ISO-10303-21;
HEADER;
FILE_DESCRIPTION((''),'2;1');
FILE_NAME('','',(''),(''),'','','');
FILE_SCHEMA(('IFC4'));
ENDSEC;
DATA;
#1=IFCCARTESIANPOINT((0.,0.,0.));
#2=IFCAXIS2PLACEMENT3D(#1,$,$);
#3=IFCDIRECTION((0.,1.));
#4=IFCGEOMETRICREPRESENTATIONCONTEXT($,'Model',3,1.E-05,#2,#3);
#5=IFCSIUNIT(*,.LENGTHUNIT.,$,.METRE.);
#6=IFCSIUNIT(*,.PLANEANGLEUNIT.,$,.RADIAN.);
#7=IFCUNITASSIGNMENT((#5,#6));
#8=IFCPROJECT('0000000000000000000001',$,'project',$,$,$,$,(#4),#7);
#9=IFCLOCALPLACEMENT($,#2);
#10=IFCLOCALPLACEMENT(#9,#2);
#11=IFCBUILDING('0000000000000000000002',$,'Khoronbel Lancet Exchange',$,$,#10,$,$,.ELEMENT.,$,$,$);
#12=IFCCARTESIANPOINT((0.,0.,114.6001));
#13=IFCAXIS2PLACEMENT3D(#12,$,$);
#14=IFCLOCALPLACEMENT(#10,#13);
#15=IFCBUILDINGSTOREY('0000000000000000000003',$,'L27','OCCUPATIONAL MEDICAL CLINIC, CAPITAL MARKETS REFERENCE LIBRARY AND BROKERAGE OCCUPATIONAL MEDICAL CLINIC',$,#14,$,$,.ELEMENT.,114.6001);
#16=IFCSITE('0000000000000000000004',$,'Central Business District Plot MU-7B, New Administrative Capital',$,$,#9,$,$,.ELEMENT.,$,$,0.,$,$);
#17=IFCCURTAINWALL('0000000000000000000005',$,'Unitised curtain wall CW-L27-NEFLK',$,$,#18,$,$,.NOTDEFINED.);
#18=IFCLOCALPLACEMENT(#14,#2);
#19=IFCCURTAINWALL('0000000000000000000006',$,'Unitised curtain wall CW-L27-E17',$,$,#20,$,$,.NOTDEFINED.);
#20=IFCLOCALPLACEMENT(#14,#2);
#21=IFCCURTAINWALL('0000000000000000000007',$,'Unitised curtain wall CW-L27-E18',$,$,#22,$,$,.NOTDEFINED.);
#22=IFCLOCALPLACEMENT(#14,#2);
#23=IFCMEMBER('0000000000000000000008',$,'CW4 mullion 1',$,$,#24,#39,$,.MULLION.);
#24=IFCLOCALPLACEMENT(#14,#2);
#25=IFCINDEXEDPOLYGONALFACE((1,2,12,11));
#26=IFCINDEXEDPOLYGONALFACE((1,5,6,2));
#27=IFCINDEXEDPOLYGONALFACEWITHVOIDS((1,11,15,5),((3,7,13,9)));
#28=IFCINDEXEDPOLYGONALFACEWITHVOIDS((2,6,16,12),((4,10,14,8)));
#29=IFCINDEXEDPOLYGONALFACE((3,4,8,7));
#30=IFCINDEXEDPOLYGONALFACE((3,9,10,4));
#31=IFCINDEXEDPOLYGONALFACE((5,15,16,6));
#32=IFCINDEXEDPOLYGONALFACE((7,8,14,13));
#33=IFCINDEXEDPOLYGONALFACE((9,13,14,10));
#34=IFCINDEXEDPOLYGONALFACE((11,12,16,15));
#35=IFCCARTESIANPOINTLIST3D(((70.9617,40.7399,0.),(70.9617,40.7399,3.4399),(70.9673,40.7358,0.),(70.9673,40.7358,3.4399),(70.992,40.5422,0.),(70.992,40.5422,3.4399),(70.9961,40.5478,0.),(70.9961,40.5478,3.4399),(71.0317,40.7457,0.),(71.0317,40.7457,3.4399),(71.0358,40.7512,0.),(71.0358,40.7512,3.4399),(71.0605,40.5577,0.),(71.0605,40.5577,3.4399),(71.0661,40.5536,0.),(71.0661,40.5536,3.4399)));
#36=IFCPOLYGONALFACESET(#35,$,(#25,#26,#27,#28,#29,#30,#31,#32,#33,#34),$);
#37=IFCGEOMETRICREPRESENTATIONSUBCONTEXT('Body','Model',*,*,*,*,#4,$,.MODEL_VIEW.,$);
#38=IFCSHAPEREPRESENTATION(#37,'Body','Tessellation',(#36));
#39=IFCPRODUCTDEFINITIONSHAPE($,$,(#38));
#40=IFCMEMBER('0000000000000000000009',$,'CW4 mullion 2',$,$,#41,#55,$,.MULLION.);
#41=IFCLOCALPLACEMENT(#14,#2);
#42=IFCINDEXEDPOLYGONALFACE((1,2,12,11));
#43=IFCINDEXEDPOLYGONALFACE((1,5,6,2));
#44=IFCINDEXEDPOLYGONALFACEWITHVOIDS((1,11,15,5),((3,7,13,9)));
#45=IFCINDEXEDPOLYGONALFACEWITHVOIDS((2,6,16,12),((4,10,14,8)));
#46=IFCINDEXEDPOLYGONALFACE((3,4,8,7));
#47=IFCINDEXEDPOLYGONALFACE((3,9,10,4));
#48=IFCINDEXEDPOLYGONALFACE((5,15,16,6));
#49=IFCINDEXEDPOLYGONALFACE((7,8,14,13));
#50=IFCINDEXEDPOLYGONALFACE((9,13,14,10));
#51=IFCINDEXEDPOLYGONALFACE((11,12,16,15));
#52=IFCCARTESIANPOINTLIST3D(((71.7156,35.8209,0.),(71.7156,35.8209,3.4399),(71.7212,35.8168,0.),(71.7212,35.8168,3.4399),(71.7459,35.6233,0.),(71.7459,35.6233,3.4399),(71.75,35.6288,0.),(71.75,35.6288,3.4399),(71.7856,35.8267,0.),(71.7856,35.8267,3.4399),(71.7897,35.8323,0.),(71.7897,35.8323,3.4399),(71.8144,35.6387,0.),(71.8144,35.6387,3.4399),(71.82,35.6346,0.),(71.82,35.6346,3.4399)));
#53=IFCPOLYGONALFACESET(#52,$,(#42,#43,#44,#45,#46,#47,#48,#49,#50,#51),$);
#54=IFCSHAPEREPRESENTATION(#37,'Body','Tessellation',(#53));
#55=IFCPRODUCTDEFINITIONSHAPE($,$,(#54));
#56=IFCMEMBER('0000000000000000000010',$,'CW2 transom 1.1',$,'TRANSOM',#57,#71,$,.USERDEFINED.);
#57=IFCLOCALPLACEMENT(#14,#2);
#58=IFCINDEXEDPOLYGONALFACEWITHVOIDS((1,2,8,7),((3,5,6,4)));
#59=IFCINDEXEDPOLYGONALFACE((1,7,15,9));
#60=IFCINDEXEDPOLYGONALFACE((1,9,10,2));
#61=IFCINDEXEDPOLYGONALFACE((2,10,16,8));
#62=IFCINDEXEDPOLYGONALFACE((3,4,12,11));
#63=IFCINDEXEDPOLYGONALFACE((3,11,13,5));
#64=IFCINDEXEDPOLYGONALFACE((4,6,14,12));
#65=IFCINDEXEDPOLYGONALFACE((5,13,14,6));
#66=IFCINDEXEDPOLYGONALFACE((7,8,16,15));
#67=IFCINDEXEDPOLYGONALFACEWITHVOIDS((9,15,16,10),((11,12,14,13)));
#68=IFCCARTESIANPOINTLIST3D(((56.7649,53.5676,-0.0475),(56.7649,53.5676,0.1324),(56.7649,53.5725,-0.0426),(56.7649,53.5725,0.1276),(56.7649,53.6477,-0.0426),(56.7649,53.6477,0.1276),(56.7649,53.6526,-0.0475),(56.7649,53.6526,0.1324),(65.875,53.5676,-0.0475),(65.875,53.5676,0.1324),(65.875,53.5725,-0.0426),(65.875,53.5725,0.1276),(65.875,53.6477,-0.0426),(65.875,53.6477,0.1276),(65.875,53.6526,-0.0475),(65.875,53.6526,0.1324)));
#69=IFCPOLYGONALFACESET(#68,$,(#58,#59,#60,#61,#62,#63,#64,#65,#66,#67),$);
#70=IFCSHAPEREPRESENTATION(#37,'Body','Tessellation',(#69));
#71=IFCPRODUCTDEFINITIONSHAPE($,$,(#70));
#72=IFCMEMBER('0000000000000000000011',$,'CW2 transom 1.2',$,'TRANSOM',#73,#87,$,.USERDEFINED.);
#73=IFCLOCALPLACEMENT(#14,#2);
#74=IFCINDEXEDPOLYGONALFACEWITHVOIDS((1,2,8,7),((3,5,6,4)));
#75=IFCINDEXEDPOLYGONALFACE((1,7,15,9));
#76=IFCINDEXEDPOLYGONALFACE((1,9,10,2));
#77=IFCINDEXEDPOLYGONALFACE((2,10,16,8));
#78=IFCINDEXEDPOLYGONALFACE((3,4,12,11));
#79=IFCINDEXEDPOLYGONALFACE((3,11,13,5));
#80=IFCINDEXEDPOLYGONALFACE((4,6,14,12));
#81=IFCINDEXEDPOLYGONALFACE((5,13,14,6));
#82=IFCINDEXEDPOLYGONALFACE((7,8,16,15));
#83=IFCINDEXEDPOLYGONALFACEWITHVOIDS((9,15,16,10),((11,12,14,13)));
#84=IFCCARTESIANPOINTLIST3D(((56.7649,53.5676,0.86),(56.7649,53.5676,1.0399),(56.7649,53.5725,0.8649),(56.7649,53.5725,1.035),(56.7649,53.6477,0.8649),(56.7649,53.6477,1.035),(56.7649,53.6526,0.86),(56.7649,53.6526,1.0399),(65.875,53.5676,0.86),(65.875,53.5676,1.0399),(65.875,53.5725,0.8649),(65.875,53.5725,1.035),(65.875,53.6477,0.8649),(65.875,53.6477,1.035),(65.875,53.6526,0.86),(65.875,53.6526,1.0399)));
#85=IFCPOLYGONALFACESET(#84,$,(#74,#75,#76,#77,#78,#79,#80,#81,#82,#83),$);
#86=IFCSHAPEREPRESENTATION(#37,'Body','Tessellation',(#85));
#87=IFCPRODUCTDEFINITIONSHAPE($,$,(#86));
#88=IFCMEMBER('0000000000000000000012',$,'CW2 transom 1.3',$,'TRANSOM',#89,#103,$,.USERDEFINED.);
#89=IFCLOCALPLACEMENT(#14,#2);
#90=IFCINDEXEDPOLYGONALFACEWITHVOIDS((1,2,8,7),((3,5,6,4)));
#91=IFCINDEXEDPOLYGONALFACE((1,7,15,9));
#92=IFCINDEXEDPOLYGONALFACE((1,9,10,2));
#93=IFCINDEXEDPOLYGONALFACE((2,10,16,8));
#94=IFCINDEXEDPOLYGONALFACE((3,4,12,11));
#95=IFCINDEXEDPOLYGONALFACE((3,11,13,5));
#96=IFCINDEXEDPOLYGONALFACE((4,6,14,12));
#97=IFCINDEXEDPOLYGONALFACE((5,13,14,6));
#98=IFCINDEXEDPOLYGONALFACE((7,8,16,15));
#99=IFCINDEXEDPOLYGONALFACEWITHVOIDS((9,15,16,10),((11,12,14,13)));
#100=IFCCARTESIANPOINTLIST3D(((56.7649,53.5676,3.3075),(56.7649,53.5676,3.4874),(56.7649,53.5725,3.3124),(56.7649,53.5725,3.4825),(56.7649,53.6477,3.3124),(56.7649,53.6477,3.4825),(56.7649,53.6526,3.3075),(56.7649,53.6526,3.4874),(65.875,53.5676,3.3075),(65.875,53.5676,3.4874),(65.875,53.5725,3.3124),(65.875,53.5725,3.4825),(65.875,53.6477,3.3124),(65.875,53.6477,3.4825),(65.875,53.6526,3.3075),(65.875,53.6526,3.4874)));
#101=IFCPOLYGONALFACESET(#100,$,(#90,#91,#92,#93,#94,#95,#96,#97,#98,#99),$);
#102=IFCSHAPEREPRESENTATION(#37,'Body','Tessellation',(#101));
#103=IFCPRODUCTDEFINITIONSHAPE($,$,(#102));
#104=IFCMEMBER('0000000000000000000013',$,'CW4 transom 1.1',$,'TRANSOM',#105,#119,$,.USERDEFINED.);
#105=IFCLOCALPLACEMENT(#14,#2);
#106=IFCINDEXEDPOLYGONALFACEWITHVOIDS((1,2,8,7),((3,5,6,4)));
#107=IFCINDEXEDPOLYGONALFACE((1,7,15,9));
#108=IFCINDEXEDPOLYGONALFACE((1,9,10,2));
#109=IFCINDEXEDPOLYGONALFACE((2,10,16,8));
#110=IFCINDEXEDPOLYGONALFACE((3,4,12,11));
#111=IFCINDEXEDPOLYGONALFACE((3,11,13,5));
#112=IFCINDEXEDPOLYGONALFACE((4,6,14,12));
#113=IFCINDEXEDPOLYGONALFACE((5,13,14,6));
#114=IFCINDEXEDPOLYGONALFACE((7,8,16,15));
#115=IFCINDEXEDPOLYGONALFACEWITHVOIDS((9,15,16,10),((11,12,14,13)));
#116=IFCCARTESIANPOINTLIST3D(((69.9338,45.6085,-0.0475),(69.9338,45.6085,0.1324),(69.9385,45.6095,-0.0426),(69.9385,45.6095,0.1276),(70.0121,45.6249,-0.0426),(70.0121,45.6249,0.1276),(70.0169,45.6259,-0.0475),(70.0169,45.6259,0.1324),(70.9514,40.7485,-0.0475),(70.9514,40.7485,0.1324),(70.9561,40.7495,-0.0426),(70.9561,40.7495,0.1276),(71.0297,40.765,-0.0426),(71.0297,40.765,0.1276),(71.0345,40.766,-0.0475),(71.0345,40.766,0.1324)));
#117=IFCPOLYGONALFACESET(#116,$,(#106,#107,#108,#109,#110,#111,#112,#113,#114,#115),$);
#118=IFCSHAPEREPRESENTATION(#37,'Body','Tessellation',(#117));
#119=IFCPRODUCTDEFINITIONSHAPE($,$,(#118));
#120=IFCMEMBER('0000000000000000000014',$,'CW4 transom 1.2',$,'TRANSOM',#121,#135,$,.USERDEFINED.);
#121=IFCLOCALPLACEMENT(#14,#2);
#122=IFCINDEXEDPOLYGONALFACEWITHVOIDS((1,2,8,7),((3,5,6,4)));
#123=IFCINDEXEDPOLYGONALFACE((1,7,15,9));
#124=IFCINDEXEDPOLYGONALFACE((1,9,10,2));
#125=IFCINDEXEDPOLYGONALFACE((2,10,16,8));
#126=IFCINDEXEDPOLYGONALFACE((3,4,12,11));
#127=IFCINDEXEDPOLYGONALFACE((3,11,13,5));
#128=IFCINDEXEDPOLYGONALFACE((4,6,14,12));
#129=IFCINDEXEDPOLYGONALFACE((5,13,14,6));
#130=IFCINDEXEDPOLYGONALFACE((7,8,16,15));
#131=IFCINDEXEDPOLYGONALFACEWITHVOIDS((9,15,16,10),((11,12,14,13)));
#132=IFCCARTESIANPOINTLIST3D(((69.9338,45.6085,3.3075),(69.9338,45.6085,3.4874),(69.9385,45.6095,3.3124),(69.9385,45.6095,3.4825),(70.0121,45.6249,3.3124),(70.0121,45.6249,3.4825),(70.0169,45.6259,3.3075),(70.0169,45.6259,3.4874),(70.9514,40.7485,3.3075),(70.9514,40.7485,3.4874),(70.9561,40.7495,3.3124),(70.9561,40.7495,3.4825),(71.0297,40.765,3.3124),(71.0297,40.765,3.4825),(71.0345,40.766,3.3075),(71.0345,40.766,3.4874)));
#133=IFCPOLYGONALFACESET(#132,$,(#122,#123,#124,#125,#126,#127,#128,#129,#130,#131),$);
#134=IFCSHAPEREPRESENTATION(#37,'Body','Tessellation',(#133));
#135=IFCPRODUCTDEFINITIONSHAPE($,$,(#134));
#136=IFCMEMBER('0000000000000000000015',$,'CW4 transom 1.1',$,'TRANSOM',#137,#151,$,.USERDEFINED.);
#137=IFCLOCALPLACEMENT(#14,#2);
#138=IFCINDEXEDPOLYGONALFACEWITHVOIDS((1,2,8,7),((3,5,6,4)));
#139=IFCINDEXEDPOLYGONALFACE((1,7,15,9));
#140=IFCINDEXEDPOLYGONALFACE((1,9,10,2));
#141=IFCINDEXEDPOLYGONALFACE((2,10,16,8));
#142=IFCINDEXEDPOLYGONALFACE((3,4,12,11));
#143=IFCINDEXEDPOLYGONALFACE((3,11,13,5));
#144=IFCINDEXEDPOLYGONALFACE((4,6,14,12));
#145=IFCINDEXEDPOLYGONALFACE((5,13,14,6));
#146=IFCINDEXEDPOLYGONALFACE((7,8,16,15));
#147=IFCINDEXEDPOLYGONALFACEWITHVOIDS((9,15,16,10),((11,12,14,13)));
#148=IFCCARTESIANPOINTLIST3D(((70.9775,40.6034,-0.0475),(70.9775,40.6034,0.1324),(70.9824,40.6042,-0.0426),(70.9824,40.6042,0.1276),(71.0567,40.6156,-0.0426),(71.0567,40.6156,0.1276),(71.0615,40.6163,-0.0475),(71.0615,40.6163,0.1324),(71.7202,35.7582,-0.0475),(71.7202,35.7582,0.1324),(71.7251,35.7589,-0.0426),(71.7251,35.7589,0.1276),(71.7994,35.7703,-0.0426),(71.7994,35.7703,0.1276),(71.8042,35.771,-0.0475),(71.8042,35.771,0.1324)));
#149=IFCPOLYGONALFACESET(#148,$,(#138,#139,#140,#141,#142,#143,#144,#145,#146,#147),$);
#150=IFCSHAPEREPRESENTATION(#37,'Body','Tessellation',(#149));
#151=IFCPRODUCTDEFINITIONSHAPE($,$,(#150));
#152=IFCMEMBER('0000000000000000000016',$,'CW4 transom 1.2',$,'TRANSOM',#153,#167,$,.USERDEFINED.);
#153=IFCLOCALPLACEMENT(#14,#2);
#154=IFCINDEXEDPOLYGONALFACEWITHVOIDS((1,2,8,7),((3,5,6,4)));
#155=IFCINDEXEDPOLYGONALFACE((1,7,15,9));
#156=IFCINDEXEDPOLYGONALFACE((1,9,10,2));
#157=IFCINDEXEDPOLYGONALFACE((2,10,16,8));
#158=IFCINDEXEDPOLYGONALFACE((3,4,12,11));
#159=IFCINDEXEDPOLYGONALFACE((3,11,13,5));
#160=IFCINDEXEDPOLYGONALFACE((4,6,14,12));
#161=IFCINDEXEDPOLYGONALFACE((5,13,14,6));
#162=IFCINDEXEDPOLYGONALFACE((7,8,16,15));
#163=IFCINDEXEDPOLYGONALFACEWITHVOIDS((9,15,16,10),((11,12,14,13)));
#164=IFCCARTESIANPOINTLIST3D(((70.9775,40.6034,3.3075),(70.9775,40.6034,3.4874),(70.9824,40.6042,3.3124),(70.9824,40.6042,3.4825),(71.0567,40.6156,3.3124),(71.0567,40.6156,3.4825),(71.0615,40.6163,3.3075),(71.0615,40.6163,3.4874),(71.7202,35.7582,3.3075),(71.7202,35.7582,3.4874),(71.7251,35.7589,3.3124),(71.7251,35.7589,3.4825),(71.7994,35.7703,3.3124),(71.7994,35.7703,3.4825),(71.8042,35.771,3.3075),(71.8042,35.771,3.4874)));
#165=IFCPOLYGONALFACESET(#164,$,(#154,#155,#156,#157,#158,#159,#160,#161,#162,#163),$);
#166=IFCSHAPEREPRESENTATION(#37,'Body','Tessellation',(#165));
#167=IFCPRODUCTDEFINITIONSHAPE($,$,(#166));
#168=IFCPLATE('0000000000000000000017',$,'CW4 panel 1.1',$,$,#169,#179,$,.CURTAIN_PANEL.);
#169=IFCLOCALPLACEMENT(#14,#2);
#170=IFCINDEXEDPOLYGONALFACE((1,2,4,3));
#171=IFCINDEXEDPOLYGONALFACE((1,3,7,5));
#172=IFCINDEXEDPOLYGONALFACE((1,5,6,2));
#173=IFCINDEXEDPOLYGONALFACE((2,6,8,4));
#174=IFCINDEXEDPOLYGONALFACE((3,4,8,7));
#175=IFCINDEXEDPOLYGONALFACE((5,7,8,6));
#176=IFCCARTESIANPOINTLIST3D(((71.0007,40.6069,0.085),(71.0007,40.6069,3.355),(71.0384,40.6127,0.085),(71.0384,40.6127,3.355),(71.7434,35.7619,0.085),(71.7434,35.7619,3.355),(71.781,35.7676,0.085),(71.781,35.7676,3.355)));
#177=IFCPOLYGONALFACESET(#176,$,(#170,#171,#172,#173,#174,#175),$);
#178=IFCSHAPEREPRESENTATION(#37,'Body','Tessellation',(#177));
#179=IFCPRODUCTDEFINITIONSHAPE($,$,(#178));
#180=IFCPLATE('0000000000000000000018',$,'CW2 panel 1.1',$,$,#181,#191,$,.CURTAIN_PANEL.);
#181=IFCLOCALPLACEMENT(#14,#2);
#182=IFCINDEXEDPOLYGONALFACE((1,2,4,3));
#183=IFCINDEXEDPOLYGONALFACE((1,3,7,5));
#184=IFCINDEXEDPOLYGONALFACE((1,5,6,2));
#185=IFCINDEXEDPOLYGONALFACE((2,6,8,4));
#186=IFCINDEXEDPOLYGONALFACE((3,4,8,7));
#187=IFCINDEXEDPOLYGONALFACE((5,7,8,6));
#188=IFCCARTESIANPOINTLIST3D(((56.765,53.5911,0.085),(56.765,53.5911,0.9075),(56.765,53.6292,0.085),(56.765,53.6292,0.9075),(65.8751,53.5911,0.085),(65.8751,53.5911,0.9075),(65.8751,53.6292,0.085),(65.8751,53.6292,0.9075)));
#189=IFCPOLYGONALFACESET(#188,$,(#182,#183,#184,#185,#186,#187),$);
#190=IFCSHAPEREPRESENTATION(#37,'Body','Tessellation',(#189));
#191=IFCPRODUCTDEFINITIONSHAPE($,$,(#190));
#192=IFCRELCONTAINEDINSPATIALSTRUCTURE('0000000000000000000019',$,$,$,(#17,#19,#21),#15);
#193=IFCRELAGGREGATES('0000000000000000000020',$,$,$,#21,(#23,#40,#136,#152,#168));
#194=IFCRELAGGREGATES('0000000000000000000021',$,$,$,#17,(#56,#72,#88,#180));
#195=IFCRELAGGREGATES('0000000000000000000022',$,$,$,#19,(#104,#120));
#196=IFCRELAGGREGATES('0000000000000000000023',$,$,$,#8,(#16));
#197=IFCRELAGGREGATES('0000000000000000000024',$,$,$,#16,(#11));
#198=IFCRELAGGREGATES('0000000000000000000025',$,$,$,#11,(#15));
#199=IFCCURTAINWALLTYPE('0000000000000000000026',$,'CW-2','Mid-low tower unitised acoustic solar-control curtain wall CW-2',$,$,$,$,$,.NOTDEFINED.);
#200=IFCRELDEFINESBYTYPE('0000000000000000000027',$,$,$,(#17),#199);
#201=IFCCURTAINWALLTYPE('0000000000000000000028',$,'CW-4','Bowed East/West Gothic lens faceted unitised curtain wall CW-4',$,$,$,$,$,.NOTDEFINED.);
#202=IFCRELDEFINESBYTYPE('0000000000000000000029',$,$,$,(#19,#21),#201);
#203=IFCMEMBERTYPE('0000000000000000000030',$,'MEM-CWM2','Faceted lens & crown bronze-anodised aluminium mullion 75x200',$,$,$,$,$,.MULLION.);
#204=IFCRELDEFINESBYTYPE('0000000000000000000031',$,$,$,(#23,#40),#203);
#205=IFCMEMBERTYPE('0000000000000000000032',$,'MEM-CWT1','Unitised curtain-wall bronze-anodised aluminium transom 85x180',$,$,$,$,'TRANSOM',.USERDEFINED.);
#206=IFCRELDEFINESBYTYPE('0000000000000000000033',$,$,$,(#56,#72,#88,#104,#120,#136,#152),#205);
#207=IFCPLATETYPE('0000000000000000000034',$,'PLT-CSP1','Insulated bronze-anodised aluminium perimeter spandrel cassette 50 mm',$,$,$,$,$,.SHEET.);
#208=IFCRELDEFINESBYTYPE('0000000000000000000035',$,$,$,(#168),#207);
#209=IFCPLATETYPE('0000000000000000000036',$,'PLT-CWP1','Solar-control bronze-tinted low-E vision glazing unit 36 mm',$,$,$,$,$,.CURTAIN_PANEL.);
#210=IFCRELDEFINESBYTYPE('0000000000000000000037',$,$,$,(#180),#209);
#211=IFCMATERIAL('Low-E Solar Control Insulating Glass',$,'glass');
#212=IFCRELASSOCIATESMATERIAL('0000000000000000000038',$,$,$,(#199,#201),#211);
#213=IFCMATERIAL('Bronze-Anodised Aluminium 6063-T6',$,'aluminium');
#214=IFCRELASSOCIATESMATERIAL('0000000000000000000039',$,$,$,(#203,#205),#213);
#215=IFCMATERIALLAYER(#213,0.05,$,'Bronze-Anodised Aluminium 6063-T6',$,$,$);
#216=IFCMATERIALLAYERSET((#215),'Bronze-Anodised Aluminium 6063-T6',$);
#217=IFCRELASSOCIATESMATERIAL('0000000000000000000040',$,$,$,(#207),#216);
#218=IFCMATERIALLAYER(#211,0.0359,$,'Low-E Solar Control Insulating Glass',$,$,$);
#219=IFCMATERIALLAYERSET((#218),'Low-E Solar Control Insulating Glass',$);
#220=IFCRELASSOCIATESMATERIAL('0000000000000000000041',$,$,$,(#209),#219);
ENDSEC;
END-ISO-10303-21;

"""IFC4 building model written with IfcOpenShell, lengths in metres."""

from ifc_helpers import new_model, si_unit, direction, frame, origin, origin_2d, place, context, subcontext, project, spatial, rectangle, hollow_rectangle, extrude, material, layer, layer_set, material_profile, profile_set, type_object, element, aggregate, save


model = new_model("IFC4")

# Units and contexts
model_context = context("Model", 3, precision=1e-05, world=origin(), true_north=direction((0.0, 1.0)))
body_context = subcontext(model_context, "Body", "Model", "MODEL_VIEW")
ifc_project = project(units=[si_unit("LENGTHUNIT", "METRE"), si_unit("PLANEANGLEUNIT", "RADIAN")], contexts=[model_context])

# Site, building, storey
site_placement = place(None, origin())
site = spatial("IfcSite", under=ifc_project, at=site_placement, Name="Central Business District Plot MU-7B, New Administrative Capital", CompositionType="ELEMENT", RefElevation=0.0)
building_placement = place(site_placement, origin())
building = spatial("IfcBuilding", under=site, at=building_placement, Name="Khoronbel Lancet Exchange", CompositionType="ELEMENT")
storey_placement = place(building_placement, frame((0.0, 0.0, 114.6001)))
storey = spatial("IfcBuildingStorey", under=building, at=storey_placement, Name="L27", Description="OCCUPATIONAL MEDICAL CLINIC, CAPITAL MARKETS REFERENCE LIBRARY AND BROKERAGE OCCUPATIONAL MEDICAL CLINIC", CompositionType="ELEMENT", Elevation=114.6001)

# Curtain wall
ifc_material_1 = material(Name="Low-E Solar Control Insulating Glass", Category="glass")
curtain_wall_type_1 = type_object("IfcCurtainWallType", Name="CW-2", Description="Mid-low tower unitised acoustic solar-control curtain wall CW-2", PredefinedType="NOTDEFINED", material=ifc_material_1)
curtain_wall_1_placement = place(storey_placement, origin())
curtain_wall_1 = element("IfcCurtainWall", 1, at=curtain_wall_1_placement, inside=storey, type_object=curtain_wall_type_1, Name="Unitised curtain wall CW-L27-NEFLK", PredefinedType="NOTDEFINED")
ifc_material_2 = material(Name="Bronze-Anodised Aluminium 6063-T6", Category="aluminium")

# Curtain walls, members
curtain_wall_type_2 = type_object("IfcCurtainWallType", Name="CW-4", Description="Bowed East/West Gothic lens faceted unitised curtain wall CW-4", PredefinedType="NOTDEFINED", material=ifc_material_1)
curtain_wall_2_placement = place(storey_placement, origin())
curtain_wall_2 = element("IfcCurtainWall", 2, at=curtain_wall_2_placement, inside=storey, type_object=curtain_wall_type_2, Name="Unitised curtain wall CW-L27-E17", PredefinedType="NOTDEFINED")
ifc_material_profile_1 = material_profile(ifc_material_2, hollow_rectangle(XDim=0.075, YDim=0.2, WallThickness=0.0049, at=origin_2d()), Name="ALU MULLION 75x200")
ifc_profile_set_1 = profile_set([ifc_material_profile_1], Name="Bronze-Anodised Aluminium 6063-T6")
member_type_1 = type_object("IfcMemberType", Name="MEM-CWM2", Description="Faceted lens & crown bronze-anodised aluminium mullion 75x200", PredefinedType="MULLION", material=ifc_profile_set_1)
curtain_wall_3_placement = place(storey_placement, origin())
curtain_wall_3 = element("IfcCurtainWall", 3, at=curtain_wall_3_placement, inside=storey, type_object=curtain_wall_type_2, Name="Unitised curtain wall CW-L27-E18", PredefinedType="NOTDEFINED")
member_1_placement = place(storey_placement, frame((71.0139, 40.6467, 0.0), z_axis=(0.0, 0.0, 1.0), x_axis=(0.988455, 0.151516, 0.0)))
member_1 = element("IfcMember", 4, at=member_1_placement, type_object=member_type_1, Name="CW4 mullion 1", PredefinedType="MULLION", context=body_context, shape_type="SweptSolid", body=[
    extrude(hollow_rectangle(XDim=0.075, YDim=0.2, WallThickness=0.0049, at=origin_2d()), origin(), (0.0, 0.0, 1.0), 3.4399),
])
member_2_placement = place(storey_placement, frame((71.7678, 35.7278, 0.0), z_axis=(0.0, 0.0, 1.0), x_axis=(0.988455, 0.151516, 0.0)))
member_2 = element("IfcMember", 5, at=member_2_placement, type_object=member_type_1, Name="CW4 mullion 2", PredefinedType="MULLION", context=body_context, shape_type="SweptSolid", body=[
    extrude(hollow_rectangle(XDim=0.075, YDim=0.2, WallThickness=0.0049, at=origin_2d()), origin(), (0.0, 0.0, 1.0), 3.4399),
])

# Members
ifc_material_profile_2 = material_profile(ifc_material_2, hollow_rectangle(XDim=0.085, YDim=0.1799, WallThickness=0.0049, at=origin_2d()), Name="ALU TRANSOM 85x180")
ifc_profile_set_2 = profile_set([ifc_material_profile_2], Name="Bronze-Anodised Aluminium 6063-T6")
member_type_2 = type_object("IfcMemberType", Name="MEM-CWT1", Description="Unitised curtain-wall bronze-anodised aluminium transom 85x180", ElementType="TRANSOM", PredefinedType="USERDEFINED", material=ifc_profile_set_2)
member_3_placement = place(storey_placement, frame((65.875, 53.6101, 0.0425), z_axis=(-1.0, 0.0, 0.0), x_axis=(0.0, -1.0, 0.0)))
member_3 = element("IfcMember", 6, at=member_3_placement, type_object=member_type_2, Name="CW2 transom 1.1", ObjectType="TRANSOM", PredefinedType="USERDEFINED", context=body_context, shape_type="SweptSolid", body=[
    extrude(hollow_rectangle(XDim=0.085, YDim=0.1799, WallThickness=0.0049, at=origin_2d()), origin(), (0.0, 0.0, 1.0), 9.1101),
])
member_4_placement = place(storey_placement, frame((65.875, 53.6101, 0.95), z_axis=(-1.0, 0.0, 0.0), x_axis=(0.0, -1.0, 0.0)))
member_4 = element("IfcMember", 7, at=member_4_placement, type_object=member_type_2, Name="CW2 transom 1.2", ObjectType="TRANSOM", PredefinedType="USERDEFINED", context=body_context, shape_type="SweptSolid", body=[
    extrude(hollow_rectangle(XDim=0.085, YDim=0.1799, WallThickness=0.0049, at=origin_2d()), origin(), (0.0, 0.0, 1.0), 9.1101),
])
member_5_placement = place(storey_placement, frame((65.875, 53.6101, 3.3975), z_axis=(-1.0, 0.0, 0.0), x_axis=(0.0, -1.0, 0.0)))
member_5 = element("IfcMember", 8, at=member_5_placement, type_object=member_type_2, Name="CW2 transom 1.3", ObjectType="TRANSOM", PredefinedType="USERDEFINED", context=body_context, shape_type="SweptSolid", body=[
    extrude(hollow_rectangle(XDim=0.085, YDim=0.1799, WallThickness=0.0049, at=origin_2d()), origin(), (0.0, 0.0, 1.0), 9.1101),
])
member_6_placement = place(storey_placement, frame((69.9753, 45.6172, 0.0425), z_axis=(0.20494, -0.978775, 0.0), x_axis=(0.978775, 0.20494, 0.0)))
member_6 = element("IfcMember", 9, at=member_6_placement, type_object=member_type_2, Name="CW4 transom 1.1", ObjectType="TRANSOM", PredefinedType="USERDEFINED", context=body_context, shape_type="SweptSolid", body=[
    extrude(hollow_rectangle(XDim=0.085, YDim=0.1799, WallThickness=0.0049, at=origin_2d()), origin(), (0.0, 0.0, 1.0), 4.9653),
])
member_7_placement = place(storey_placement, frame((69.9753, 45.6172, 3.3975), z_axis=(0.20494, -0.978775, 0.0), x_axis=(0.978775, 0.20494, 0.0)))
member_7 = element("IfcMember", 10, at=member_7_placement, type_object=member_type_2, Name="CW4 transom 1.2", ObjectType="TRANSOM", PredefinedType="USERDEFINED", context=body_context, shape_type="SweptSolid", body=[
    extrude(hollow_rectangle(XDim=0.085, YDim=0.1799, WallThickness=0.0049, at=origin_2d()), origin(), (0.0, 0.0, 1.0), 4.9653),
])
member_8_placement = place(storey_placement, frame((71.0195, 40.6099, 0.0425), z_axis=(0.151511, -0.988456, 0.0), x_axis=(0.988456, 0.151511, 0.0)))
member_8 = element("IfcMember", 11, at=member_8_placement, type_object=member_type_2, Name="CW4 transom 1.1", ObjectType="TRANSOM", PredefinedType="USERDEFINED", context=body_context, shape_type="SweptSolid", body=[
    extrude(hollow_rectangle(XDim=0.085, YDim=0.1799, WallThickness=0.0049, at=origin_2d()), origin(), (0.0, 0.0, 1.0), 4.9019),
])
member_9_placement = place(storey_placement, frame((71.0195, 40.6099, 3.3975), z_axis=(0.151511, -0.988456, 0.0), x_axis=(0.988456, 0.151511, 0.0)))
member_9 = element("IfcMember", 12, at=member_9_placement, type_object=member_type_2, Name="CW4 transom 1.2", ObjectType="TRANSOM", PredefinedType="USERDEFINED", context=body_context, shape_type="SweptSolid", body=[
    extrude(hollow_rectangle(XDim=0.085, YDim=0.1799, WallThickness=0.0049, at=origin_2d()), origin(), (0.0, 0.0, 1.0), 4.9019),
])

# Plates
ifc_layer_1 = layer(ifc_material_2, 0.05, Name="Bronze-Anodised Aluminium 6063-T6")
ifc_layer_set_1 = layer_set([ifc_layer_1], Name="Bronze-Anodised Aluminium 6063-T6")
plate_type_1 = type_object("IfcPlateType", Name="PLT-CSP1", Description="Insulated bronze-anodised aluminium perimeter spandrel cassette 50 mm", PredefinedType="SHEET", material=ifc_layer_set_1)
plate_1_placement = place(storey_placement, frame((71.3909, 38.1873, 0.085), z_axis=(0.0, 0.0, 1.0), x_axis=(0.151516, -0.988455, 0.0)))
plate_1 = element("IfcPlate", 13, at=plate_1_placement, type_object=plate_type_1, Name="CW4 panel 1.1", PredefinedType="CURTAIN_PANEL", context=body_context, shape_type="SweptSolid", body=[
    extrude(rectangle(XDim=4.9016, YDim=0.0381, at=origin_2d()), origin(), (0.0, 0.0, 1.0), 3.27),
])
aggregate(curtain_wall_3, [member_1, member_2, member_8, member_9, plate_1])
ifc_layer_2 = layer(ifc_material_1, 0.0359, Name="Low-E Solar Control Insulating Glass")
ifc_layer_set_2 = layer_set([ifc_layer_2], Name="Low-E Solar Control Insulating Glass")
plate_type_2 = type_object("IfcPlateType", Name="PLT-CWP1", Description="Solar-control bronze-tinted low-E vision glazing unit 36 mm", PredefinedType="CURTAIN_PANEL", material=ifc_layer_set_2)
plate_2_placement = place(storey_placement, frame((61.3201, 53.6101, 0.085), z_axis=(0.0, 0.0, 1.0), x_axis=(-1.0, 0.0, 0.0)))
plate_2 = element("IfcPlate", 14, at=plate_2_placement, type_object=plate_type_2, Name="CW2 panel 1.1", PredefinedType="CURTAIN_PANEL", context=body_context, shape_type="SweptSolid", body=[
    extrude(rectangle(XDim=9.1101, YDim=0.0381, at=origin_2d()), origin(), (0.0, 0.0, 1.0), 0.8225),
])
aggregate(curtain_wall_1, [member_3, member_4, member_5, plate_2])
aggregate(curtain_wall_2, [member_6, member_7])

save(model, "model.ifc")
